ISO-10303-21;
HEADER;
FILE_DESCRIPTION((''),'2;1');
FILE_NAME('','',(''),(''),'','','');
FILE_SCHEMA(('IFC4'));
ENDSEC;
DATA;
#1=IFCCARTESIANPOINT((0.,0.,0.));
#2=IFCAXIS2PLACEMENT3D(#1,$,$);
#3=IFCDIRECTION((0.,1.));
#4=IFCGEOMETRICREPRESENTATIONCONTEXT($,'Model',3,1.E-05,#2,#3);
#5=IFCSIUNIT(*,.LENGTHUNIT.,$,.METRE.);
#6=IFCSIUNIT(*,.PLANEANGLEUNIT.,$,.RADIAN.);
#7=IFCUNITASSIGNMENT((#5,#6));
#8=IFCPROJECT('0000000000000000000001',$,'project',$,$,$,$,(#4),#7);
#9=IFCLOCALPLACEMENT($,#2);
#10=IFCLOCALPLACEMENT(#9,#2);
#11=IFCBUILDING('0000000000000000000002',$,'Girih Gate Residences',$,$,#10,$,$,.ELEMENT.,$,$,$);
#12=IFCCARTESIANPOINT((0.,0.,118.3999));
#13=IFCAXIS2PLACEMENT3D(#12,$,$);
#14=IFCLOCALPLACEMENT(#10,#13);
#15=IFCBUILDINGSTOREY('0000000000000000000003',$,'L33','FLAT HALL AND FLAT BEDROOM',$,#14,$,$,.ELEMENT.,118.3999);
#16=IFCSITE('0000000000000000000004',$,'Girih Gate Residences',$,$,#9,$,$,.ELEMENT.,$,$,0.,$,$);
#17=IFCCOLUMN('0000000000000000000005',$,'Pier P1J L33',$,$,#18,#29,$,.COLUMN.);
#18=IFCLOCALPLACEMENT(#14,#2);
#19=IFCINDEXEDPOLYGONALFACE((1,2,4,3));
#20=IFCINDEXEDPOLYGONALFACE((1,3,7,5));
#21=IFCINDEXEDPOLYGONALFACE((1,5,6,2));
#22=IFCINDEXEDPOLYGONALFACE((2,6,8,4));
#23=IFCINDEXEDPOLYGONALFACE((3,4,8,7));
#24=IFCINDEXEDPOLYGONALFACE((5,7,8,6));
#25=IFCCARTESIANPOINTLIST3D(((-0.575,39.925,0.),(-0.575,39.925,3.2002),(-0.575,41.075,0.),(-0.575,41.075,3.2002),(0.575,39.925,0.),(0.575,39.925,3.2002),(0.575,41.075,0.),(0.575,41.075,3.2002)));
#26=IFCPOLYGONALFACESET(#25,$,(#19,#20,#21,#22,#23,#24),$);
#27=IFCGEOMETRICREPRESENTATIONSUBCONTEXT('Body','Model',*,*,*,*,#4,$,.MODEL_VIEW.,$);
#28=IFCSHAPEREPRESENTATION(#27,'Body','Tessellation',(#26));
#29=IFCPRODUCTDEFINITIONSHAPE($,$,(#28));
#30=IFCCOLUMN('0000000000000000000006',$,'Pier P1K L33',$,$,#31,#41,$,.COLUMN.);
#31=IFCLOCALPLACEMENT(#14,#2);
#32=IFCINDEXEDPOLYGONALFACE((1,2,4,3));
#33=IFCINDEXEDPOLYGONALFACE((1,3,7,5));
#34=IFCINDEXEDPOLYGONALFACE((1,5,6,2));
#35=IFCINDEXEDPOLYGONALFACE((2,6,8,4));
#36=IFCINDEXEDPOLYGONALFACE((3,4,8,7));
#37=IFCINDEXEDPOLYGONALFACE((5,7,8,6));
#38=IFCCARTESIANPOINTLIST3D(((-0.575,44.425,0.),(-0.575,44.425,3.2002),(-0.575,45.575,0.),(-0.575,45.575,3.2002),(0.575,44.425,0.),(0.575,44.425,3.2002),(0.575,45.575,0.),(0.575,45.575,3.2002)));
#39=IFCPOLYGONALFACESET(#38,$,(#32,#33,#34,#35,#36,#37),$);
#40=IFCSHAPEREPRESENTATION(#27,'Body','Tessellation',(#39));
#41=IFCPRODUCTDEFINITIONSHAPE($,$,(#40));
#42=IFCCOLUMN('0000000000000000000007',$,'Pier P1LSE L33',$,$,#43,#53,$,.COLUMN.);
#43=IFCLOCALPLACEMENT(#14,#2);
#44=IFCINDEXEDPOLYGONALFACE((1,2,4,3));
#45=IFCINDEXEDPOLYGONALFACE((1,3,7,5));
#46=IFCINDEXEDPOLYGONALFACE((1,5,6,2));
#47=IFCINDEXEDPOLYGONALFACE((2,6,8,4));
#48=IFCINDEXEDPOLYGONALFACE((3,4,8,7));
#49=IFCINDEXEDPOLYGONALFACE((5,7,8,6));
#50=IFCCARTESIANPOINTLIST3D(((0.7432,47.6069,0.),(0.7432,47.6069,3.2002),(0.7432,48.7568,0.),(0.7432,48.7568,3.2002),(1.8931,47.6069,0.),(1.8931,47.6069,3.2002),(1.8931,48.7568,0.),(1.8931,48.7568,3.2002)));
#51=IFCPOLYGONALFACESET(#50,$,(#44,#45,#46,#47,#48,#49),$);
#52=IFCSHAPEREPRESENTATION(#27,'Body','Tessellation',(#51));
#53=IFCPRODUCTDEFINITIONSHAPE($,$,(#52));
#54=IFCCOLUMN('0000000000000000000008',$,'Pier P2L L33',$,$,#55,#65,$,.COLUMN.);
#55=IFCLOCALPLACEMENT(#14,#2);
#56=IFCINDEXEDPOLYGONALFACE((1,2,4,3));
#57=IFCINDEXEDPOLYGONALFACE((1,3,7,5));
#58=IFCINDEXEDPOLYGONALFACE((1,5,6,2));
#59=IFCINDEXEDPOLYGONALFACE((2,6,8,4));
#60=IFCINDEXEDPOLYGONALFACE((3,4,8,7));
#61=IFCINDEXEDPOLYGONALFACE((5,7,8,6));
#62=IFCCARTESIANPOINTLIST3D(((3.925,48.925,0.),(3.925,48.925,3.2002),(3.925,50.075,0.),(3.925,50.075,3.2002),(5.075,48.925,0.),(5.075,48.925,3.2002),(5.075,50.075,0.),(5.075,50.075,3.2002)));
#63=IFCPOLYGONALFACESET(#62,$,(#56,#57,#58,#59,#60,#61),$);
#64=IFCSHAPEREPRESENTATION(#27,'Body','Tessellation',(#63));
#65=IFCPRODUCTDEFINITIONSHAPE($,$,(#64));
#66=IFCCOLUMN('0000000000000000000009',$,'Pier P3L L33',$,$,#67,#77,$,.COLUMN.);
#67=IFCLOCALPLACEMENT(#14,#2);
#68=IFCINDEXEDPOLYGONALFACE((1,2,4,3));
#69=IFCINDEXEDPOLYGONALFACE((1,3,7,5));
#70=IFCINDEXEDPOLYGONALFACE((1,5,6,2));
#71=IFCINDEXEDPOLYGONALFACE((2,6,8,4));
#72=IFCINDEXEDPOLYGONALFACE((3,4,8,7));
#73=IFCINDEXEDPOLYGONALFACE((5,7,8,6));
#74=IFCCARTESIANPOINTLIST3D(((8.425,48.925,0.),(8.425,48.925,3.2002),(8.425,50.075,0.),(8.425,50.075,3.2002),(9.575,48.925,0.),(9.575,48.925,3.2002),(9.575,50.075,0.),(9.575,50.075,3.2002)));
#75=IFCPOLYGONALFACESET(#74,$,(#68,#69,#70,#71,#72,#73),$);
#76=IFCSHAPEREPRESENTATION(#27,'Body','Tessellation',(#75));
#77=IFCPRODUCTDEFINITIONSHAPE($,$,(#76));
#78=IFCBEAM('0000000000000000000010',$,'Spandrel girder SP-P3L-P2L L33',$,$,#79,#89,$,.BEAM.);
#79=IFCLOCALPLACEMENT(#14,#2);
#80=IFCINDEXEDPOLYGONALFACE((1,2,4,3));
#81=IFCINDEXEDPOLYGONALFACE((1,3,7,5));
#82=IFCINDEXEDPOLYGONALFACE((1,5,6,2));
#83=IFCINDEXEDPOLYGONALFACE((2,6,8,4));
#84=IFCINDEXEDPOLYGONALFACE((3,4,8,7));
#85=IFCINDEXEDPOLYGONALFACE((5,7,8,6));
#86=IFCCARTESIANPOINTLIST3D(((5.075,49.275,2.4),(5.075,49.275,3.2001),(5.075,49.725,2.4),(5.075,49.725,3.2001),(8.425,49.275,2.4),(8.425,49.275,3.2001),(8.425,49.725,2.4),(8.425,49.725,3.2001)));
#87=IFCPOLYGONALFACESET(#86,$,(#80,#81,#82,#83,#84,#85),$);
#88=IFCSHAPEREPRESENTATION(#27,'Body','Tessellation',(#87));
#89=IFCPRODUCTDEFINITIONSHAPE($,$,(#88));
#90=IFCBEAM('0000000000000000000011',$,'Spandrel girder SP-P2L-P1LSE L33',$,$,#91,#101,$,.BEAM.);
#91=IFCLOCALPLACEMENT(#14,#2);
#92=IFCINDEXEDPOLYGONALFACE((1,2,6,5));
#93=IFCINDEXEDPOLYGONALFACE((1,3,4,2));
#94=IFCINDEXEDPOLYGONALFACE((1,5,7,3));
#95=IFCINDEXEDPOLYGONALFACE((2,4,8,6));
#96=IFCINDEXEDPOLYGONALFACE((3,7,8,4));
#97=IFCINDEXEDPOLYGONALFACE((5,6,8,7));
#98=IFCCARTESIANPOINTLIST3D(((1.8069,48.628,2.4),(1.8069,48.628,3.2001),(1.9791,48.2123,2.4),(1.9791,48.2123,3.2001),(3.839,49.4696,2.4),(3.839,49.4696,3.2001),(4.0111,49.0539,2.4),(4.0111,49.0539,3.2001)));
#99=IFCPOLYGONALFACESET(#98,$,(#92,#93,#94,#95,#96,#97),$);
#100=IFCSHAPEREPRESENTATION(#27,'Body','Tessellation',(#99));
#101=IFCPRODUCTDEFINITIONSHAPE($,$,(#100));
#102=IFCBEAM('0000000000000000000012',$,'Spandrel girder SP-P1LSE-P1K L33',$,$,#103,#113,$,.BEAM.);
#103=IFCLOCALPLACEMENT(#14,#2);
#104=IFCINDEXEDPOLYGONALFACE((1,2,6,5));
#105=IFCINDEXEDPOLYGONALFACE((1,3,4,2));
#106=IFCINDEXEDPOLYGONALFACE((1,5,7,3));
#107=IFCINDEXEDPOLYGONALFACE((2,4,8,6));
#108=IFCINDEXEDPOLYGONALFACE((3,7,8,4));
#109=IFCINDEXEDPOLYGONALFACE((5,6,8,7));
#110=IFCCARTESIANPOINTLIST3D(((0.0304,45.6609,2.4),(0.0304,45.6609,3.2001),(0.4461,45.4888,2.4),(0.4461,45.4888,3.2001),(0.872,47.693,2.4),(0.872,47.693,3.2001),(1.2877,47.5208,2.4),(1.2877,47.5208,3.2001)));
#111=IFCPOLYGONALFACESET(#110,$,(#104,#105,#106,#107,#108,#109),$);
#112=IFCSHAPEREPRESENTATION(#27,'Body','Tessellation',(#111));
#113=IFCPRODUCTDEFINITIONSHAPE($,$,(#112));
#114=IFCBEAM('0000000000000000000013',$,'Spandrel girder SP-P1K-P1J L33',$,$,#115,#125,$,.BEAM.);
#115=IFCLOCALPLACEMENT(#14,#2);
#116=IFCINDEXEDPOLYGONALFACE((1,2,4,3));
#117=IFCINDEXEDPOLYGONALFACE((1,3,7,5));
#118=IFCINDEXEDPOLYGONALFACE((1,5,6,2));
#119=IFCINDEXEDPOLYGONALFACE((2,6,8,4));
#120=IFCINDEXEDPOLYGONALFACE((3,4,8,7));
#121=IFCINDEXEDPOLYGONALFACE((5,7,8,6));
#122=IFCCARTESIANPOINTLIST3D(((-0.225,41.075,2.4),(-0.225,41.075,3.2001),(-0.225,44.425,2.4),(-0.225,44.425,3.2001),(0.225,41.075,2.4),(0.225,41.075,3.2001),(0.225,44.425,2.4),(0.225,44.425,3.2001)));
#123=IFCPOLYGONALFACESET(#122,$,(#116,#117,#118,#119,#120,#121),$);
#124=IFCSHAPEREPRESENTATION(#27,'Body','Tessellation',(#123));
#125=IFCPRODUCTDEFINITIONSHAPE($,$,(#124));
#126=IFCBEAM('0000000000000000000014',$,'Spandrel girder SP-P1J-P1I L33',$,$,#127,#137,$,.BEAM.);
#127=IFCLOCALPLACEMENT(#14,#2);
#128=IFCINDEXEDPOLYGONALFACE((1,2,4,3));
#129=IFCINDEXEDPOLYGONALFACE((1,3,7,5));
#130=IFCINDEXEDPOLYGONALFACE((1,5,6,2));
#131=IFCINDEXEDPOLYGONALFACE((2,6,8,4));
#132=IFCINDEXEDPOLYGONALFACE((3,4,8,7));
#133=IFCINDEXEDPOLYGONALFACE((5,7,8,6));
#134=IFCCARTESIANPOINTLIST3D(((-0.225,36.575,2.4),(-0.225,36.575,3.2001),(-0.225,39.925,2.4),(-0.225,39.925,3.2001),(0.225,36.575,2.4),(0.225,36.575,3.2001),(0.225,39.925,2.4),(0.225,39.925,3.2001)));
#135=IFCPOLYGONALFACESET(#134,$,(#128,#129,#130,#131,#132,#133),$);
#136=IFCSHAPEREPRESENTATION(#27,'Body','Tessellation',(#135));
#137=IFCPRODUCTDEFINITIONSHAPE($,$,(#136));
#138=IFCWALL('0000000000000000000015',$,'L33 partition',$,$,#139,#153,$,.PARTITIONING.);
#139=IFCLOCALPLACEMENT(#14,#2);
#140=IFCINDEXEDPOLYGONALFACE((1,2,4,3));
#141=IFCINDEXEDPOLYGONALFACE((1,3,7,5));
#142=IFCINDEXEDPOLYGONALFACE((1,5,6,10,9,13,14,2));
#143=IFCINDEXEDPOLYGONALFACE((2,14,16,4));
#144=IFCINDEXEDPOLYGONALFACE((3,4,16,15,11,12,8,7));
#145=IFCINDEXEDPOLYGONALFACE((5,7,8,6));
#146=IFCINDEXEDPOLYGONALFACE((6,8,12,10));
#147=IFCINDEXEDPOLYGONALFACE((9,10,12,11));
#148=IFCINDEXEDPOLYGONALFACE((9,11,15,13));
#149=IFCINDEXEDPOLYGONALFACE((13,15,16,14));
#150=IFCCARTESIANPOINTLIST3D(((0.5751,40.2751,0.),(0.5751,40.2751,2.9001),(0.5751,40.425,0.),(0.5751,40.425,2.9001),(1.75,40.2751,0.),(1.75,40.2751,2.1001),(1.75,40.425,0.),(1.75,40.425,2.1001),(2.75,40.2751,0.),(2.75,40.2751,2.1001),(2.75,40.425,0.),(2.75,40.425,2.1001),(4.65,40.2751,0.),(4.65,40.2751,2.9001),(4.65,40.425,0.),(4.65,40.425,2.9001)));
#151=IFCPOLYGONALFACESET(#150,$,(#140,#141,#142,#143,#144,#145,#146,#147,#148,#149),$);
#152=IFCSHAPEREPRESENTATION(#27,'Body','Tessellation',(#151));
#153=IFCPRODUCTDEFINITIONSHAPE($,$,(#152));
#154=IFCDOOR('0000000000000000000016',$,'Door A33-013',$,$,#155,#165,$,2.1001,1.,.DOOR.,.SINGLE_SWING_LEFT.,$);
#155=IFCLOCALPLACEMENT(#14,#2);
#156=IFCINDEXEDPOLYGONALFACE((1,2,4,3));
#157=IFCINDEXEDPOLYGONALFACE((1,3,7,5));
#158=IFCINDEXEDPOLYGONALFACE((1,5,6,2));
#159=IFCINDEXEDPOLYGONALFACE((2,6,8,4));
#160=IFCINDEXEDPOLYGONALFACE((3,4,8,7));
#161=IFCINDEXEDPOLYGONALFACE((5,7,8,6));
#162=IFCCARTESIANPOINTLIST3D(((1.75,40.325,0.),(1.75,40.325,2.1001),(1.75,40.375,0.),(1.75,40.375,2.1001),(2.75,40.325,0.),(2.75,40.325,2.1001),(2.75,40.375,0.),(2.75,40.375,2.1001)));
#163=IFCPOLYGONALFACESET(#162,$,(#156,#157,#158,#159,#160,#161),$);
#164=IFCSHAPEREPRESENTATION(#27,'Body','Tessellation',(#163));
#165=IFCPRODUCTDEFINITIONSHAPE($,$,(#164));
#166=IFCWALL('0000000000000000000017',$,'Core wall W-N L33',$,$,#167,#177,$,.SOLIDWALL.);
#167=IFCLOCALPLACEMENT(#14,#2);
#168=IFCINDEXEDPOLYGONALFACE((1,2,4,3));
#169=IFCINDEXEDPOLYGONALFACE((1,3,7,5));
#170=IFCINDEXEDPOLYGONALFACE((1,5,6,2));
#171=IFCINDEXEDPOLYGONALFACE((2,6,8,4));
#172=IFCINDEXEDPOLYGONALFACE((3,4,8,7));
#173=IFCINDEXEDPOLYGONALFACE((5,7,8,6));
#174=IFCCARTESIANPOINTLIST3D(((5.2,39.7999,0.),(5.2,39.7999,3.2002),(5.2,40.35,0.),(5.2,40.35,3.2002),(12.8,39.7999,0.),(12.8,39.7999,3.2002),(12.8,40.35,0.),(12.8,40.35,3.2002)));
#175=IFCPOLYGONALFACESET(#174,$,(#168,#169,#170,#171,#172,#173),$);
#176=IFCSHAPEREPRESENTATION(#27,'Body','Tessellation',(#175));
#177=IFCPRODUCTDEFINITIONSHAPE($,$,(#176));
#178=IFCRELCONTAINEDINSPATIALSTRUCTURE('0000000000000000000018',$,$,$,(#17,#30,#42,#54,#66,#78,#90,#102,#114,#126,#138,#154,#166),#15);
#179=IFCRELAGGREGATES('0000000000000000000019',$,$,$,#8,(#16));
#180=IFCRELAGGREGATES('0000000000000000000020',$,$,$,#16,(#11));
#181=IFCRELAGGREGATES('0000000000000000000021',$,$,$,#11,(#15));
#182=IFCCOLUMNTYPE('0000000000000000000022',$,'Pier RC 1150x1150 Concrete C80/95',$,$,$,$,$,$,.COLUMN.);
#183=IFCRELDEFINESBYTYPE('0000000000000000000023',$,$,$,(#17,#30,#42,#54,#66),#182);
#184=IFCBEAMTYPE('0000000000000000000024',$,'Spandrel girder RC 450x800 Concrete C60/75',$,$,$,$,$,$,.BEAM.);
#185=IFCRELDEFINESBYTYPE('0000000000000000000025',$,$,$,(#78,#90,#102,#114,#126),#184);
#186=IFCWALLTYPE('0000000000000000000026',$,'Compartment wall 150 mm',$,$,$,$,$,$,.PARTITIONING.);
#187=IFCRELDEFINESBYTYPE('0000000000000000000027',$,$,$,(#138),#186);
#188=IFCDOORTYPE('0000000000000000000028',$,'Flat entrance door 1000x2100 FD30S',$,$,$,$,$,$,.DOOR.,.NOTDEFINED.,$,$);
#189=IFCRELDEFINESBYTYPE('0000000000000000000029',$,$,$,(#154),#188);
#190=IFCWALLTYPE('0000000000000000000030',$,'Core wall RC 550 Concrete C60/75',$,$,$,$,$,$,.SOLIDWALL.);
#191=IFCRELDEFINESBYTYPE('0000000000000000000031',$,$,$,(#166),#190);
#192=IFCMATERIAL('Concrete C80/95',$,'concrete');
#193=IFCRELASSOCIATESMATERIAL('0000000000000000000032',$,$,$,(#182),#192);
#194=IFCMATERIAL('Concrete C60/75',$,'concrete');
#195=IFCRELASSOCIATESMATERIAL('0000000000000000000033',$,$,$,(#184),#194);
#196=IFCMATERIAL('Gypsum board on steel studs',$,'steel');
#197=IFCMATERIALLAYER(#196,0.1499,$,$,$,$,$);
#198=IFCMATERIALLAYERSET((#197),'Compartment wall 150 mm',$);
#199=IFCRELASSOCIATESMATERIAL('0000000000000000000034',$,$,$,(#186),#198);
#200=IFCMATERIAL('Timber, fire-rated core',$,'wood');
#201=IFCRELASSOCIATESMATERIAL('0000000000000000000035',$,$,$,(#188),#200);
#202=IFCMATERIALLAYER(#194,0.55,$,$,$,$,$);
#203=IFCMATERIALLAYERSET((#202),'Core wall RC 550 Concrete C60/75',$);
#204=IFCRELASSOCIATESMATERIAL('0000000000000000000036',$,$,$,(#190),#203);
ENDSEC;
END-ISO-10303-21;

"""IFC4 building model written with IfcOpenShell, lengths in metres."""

from ifc_helpers import new_model, si_unit, direction, frame, frame_2d, origin, origin_2d, place, context, subcontext, project, spatial, rectangle, extrude, material, layer, layer_set, material_profile, profile_set, type_object, element, fill, save


model = new_model("IFC4")

# Units and contexts
model_context = context("Model", 3, precision=1e-05, world=origin(), true_north=direction((0.0, 1.0)))
body_context = subcontext(model_context, "Body", "Model", "MODEL_VIEW")
ifc_project = project(units=[si_unit("LENGTHUNIT", "METRE"), si_unit("PLANEANGLEUNIT", "RADIAN")], contexts=[model_context])

# Site, building, storey
site_placement = place(None, origin())
site = spatial("IfcSite", under=ifc_project, at=site_placement, Name="Girih Gate Residences", CompositionType="ELEMENT", RefElevation=0.0)
building_placement = place(site_placement, origin())
building = spatial("IfcBuilding", under=site, at=building_placement, Name="Girih Gate Residences", CompositionType="ELEMENT")
storey_placement = place(building_placement, frame((0.0, 0.0, 118.3999)))
storey = spatial("IfcBuildingStorey", under=building, at=storey_placement, Name="L33", Description="FLAT HALL AND FLAT BEDROOM", CompositionType="ELEMENT", Elevation=118.3999)

# Columns
ifc_material_1 = material(Name="Concrete C80/95", Category="concrete")
ifc_material_profile_1 = material_profile(ifc_material_1, rectangle(XDim=1.1499, YDim=1.1499, at=origin_2d()))
ifc_profile_set_1 = profile_set([ifc_material_profile_1], Name="Concrete C80/95")
column_type = type_object("IfcColumnType", Name="Pier RC 1150x1150 Concrete C80/95", PredefinedType="COLUMN", material=ifc_profile_set_1)
for number, where, z_axis, x_axis, name in (
    (1, (0.0, 40.5, 0.0), (0.0, 0.0, 1.0), (1.0, 0.0, 0.0), "Pier P1J L33"),
    (2, (0.0, 45.0, 0.0), (0.0, 0.0, 1.0), (1.0, 0.0, 0.0), "Pier P1K L33"),
    (3, (1.3181, 48.1819, 0.0), (0.0, 0.0, 1.0), (1.0, 0.0, 0.0), "Pier P1LSE L33"),
    (4, (4.5, 49.5, 0.0), (0.0, 0.0, 1.0), (1.0, 0.0, 0.0), "Pier P2L L33"),
    (5, (9.0, 49.5, 0.0), (0.0, 0.0, 1.0), (1.0, 0.0, 0.0), "Pier P3L L33"),
):
    element("IfcColumn", number, at=place(storey_placement, frame(where, z_axis=z_axis, x_axis=x_axis)), inside=storey, type_object=column_type, Name=name, PredefinedType="COLUMN", context=body_context, shape_type="SweptSolid", body=[
        extrude(rectangle(XDim=1.1499, YDim=1.1499, at=origin_2d()), origin(), (0.0, 0.0, 1.0), 3.2002),
    ])

# Beams
ifc_material_2 = material(Name="Concrete C60/75", Category="concrete")
ifc_material_profile_2 = material_profile(ifc_material_2, rectangle(XDim=0.45, YDim=0.8, at=origin_2d()))
ifc_profile_set_2 = profile_set([ifc_material_profile_2], Name="Concrete C60/75")
beam_type = type_object("IfcBeamType", Name="Spandrel girder RC 450x800 Concrete C60/75", PredefinedType="BEAM", material=ifc_profile_set_2)
beam_placement = place(storey_placement, frame((8.425, 49.5, 2.8), z_axis=(-1.0, 0.0, 0.0), x_axis=(0.0, -1.0, 0.0)))
element("IfcBeam", 6, at=beam_placement, inside=storey, type_object=beam_type, Name="Spandrel girder SP-P3L-P2L L33", PredefinedType="BEAM", context=body_context, shape_type="SweptSolid", body=[
    extrude(rectangle(XDim=0.45, YDim=0.8, at=origin_2d()), origin(), (0.0, 0.0, 1.0), 3.3501),
])
for number, where, z_axis, x_axis, name in (
    (7, (3.925, 49.2617, 2.8), (-0.923899, -0.382636, 0.0), (0.382636, -0.923899, 0.0), "Spandrel girder SP-P2L-P1LSE L33"),
    (8, (1.0798, 47.6069, 2.8), (-0.382636, -0.923899, 0.0), (0.923899, -0.382636, 0.0), "Spandrel girder SP-P1LSE-P1K L33"),
):
    element("IfcBeam", number, at=place(storey_placement, frame(where, z_axis=z_axis, x_axis=x_axis)), inside=storey, type_object=beam_type, Name=name, PredefinedType="BEAM", context=body_context, shape_type="SweptSolid", body=[
        extrude(rectangle(XDim=0.45, YDim=0.8, at=origin_2d()), origin(), (0.0, 0.0, 1.0), 2.1995),
    ])
for number, where, z_axis, x_axis, name in (
    (9, (0.0, 44.425, 2.8), (0.0, -1.0, 0.0), (1.0, 0.0, 0.0), "Spandrel girder SP-P1K-P1J L33"),
    (10, (0.0, 39.925, 2.8), (0.0, -1.0, 0.0), (1.0, 0.0, 0.0), "Spandrel girder SP-P1J-P1I L33"),
):
    element("IfcBeam", number, at=place(storey_placement, frame(where, z_axis=z_axis, x_axis=x_axis)), inside=storey, type_object=beam_type, Name=name, PredefinedType="BEAM", context=body_context, shape_type="SweptSolid", body=[
        extrude(rectangle(XDim=0.45, YDim=0.8, at=origin_2d()), origin(), (0.0, 0.0, 1.0), 3.3501),
    ])

# Wall, opening, door
ifc_material_3 = material(Name="Gypsum board on steel studs", Category="steel")
ifc_layer_1 = layer(ifc_material_3, 0.1499)
ifc_layer_set_1 = layer_set([ifc_layer_1], Name="Compartment wall 150 mm")
wall_type_1 = type_object("IfcWallType", Name="Compartment wall 150 mm", PredefinedType="PARTITIONING", material=ifc_layer_set_1)
wall_1_placement = place(storey_placement, frame((0.575, 40.3501, 0.0), z_axis=(0.0, 0.0, 1.0), x_axis=(1.0, 0.0, 0.0)))
wall_1 = element("IfcWall", 11, at=wall_1_placement, inside=storey, type_object=wall_type_1, Name="L33 partition", PredefinedType="PARTITIONING", context=body_context, shape_type="SweptSolid", body=[
    extrude(rectangle(XDim=4.075, YDim=0.1499, at=frame_2d((2.0376, 0.0))), origin(), (0.0, 0.0, 1.0), 2.9001),
])
opening_1_placement = place(wall_1_placement, frame((1.175, 0.0, 0.0)))
opening_1 = element("IfcOpeningElement", 12, at=opening_1_placement, cuts=wall_1, PredefinedType="OPENING", context=body_context, shape_type="SweptSolid", body=[
    extrude(rectangle(XDim=1.0, YDim=2.1001, at=frame_2d((0.5, 1.05))), frame((0.0, 0.085, 0.0), z_axis=(0.0, -1.0, 0.0), x_axis=(1.0, 0.0, 0.0)), (0.0, 0.0, 1.0), 0.1699),
])
ifc_material_4 = material(Name="Timber, fire-rated core", Category="wood")
door_type_1 = type_object("IfcDoorType", Name="Flat entrance door 1000x2100 FD30S", OperationType="NOTDEFINED", PredefinedType="DOOR", material=ifc_material_4)
door_1_placement = place(opening_1_placement, origin())
door_1 = element("IfcDoor", 13, at=door_1_placement, inside=storey, type_object=door_type_1, Name="Door A33-013", OperationType="SINGLE_SWING_LEFT", OverallHeight=2.1001, OverallWidth=1.0, PredefinedType="DOOR", context=body_context, shape_type="SweptSolid", body=[
    extrude(rectangle(XDim=1.0, YDim=2.1001, at=frame_2d((0.5, 1.05))), frame((0.0, 0.0249, 0.0), z_axis=(0.0, -1.0, 0.0), x_axis=(1.0, 0.0, 0.0)), (0.0, 0.0, 1.0), 0.05),
])
fill(opening_1, door_1)

# Wall
ifc_layer_2 = layer(ifc_material_2, 0.55)
ifc_layer_set_2 = layer_set([ifc_layer_2], Name="Core wall RC 550 Concrete C60/75")
wall_type_2 = type_object("IfcWallType", Name="Core wall RC 550 Concrete C60/75", PredefinedType="SOLIDWALL", material=ifc_layer_set_2)
wall_2_placement = place(storey_placement, frame((5.2, 40.075, 0.0), z_axis=(0.0, 0.0, 1.0), x_axis=(1.0, 0.0, 0.0)))
element("IfcWall", 14, at=wall_2_placement, inside=storey, type_object=wall_type_2, Name="Core wall W-N L33", PredefinedType="SOLIDWALL", context=body_context, shape_type="SweptSolid", body=[
    extrude(rectangle(XDim=7.6001, YDim=0.55, at=frame_2d((3.8, 0.0))), origin(), (0.0, 0.0, 1.0), 3.2002),
])

save(model, "model.ifc")
